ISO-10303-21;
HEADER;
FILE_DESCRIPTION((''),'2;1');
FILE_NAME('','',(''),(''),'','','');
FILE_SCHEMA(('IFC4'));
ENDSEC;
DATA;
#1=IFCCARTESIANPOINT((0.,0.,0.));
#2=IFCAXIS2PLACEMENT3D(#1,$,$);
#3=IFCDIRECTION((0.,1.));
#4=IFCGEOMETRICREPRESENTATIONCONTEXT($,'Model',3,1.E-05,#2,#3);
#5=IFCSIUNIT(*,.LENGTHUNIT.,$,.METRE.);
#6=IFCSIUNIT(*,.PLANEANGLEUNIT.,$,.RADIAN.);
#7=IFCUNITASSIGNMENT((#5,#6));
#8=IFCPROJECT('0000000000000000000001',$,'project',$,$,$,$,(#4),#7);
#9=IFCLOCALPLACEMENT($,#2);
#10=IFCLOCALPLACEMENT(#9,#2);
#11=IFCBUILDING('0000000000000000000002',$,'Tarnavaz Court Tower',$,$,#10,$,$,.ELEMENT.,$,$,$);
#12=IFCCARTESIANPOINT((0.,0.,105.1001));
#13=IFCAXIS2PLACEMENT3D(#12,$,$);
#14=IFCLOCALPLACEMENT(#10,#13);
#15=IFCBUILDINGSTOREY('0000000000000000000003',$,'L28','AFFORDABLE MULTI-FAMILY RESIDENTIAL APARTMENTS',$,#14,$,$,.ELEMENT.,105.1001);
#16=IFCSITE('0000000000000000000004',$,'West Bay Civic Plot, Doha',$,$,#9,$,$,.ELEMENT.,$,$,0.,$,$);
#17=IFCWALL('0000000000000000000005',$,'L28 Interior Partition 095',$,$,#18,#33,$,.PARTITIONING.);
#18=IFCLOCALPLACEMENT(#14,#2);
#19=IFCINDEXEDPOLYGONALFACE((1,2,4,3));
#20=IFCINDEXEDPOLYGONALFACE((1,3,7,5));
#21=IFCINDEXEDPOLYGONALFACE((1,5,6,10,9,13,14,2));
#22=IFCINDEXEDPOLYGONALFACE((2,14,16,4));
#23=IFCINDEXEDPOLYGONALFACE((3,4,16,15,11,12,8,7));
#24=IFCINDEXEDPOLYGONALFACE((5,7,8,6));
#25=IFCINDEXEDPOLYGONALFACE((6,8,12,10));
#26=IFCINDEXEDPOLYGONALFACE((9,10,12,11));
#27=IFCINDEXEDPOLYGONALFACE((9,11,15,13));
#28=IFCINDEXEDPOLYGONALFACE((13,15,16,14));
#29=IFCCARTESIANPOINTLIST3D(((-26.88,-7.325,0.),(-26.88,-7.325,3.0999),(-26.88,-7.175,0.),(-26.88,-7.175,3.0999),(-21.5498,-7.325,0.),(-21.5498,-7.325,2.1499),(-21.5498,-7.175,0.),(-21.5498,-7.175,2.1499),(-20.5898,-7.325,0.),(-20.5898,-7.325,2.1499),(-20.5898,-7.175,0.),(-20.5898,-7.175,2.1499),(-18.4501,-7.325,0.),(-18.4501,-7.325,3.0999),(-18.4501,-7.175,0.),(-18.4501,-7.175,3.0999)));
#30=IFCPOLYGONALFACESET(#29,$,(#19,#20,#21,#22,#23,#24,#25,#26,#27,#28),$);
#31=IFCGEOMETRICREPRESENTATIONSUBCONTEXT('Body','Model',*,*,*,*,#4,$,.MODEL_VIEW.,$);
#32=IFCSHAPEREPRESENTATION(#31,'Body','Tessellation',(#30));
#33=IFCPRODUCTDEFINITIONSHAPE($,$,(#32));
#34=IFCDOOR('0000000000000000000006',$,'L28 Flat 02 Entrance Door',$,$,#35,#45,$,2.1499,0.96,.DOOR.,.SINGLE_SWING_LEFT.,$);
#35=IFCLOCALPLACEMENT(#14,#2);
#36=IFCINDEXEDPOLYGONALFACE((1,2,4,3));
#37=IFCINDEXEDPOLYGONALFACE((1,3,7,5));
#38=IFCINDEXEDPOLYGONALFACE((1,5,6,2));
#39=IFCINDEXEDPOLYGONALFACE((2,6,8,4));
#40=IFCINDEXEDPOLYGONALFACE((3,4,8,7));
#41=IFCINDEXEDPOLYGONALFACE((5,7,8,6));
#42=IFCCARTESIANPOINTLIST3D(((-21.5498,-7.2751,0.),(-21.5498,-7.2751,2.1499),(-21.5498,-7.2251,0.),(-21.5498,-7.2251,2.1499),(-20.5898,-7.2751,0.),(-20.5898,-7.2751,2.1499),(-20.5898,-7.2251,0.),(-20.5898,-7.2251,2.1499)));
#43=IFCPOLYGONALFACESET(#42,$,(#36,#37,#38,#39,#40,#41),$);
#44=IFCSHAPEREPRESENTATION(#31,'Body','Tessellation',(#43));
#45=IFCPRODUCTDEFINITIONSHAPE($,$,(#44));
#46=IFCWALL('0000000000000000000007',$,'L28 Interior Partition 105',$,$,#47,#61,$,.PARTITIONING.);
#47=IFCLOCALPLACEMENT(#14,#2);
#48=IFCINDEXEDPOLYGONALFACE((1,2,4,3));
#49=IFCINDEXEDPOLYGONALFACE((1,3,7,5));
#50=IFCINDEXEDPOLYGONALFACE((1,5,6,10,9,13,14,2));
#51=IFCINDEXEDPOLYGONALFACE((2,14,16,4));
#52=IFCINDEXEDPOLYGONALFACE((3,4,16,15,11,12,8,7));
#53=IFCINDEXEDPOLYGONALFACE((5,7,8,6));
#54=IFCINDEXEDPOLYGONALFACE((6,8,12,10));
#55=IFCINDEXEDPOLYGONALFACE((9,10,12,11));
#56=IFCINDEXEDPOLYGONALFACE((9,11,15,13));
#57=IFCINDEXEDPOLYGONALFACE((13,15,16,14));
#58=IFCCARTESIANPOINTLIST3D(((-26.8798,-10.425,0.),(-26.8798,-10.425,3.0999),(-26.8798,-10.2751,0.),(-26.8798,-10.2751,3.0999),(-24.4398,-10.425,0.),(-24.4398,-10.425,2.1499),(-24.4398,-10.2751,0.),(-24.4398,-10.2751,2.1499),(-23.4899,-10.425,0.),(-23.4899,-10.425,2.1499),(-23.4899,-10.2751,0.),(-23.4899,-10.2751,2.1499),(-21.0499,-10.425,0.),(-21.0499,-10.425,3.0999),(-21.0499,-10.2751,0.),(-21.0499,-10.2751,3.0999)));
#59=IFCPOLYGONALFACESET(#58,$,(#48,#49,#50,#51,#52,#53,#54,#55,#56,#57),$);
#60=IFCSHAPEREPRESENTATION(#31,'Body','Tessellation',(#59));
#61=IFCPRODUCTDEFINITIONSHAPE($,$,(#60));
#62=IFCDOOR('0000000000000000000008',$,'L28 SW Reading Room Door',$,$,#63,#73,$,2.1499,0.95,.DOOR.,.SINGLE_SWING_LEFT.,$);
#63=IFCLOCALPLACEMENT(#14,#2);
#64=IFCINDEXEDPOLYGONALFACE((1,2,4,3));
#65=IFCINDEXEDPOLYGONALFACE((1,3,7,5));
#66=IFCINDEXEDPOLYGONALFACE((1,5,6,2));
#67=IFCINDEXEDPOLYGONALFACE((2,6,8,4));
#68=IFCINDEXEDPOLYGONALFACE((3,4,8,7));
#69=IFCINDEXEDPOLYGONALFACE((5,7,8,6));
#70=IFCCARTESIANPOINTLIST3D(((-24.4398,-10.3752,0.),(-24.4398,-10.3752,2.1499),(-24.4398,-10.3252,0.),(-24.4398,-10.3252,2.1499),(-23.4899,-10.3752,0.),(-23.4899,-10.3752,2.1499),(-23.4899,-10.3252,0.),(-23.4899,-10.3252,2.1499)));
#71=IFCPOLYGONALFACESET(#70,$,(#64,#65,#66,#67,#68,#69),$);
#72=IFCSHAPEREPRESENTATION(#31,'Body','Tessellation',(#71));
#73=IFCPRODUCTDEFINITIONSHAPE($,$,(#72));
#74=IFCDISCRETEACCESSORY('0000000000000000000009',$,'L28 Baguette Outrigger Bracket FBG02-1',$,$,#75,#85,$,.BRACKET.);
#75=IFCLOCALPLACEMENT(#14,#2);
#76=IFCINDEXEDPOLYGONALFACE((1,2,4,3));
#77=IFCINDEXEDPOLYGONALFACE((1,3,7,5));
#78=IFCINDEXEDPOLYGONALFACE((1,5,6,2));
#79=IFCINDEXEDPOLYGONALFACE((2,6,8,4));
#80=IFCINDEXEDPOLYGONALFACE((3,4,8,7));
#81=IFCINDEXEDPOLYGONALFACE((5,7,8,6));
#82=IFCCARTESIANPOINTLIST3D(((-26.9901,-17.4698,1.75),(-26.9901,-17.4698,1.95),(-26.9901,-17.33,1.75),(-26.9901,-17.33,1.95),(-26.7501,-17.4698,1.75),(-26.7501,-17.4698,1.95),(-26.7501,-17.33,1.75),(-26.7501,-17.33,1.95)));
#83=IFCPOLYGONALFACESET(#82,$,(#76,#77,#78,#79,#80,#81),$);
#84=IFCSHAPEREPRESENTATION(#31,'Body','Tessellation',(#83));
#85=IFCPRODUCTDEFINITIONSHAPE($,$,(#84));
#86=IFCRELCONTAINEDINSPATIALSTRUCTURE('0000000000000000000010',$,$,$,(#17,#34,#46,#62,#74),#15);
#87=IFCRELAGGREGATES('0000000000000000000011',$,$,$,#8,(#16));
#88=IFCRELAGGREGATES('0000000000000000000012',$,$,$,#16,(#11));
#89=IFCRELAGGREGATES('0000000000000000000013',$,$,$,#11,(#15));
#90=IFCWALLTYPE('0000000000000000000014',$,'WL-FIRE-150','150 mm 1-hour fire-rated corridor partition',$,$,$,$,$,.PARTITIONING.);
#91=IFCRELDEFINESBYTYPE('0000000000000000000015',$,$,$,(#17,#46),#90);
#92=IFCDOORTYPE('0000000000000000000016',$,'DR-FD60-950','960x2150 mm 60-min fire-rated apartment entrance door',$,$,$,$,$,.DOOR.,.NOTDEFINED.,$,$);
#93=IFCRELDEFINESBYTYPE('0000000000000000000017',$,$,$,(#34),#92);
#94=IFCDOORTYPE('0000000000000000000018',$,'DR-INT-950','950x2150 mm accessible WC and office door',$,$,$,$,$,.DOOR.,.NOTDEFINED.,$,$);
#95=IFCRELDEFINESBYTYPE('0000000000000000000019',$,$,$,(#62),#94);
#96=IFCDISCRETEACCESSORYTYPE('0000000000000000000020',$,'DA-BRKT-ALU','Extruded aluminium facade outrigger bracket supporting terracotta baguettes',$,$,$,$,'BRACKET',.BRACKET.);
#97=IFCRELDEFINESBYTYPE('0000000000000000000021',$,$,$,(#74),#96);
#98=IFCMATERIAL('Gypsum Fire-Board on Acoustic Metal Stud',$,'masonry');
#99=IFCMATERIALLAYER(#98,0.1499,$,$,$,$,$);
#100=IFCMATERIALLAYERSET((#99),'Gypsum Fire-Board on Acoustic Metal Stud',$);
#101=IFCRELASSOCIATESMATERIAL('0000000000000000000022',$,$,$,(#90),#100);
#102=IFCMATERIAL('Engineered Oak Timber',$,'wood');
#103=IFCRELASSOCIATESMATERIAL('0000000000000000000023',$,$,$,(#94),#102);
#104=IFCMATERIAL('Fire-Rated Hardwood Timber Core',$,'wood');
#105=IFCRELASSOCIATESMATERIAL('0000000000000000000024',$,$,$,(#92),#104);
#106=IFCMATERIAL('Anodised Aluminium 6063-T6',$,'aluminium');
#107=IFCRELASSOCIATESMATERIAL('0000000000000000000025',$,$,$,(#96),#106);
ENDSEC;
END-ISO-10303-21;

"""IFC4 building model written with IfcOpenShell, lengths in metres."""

from ifc_helpers import new_model, si_unit, direction, frame, frame_2d, origin, origin_2d, place, context, subcontext, project, spatial, rectangle, extrude, material, layer, layer_set, type_object, element, fill, save


model = new_model("IFC4")

# Units and contexts
model_context = context("Model", 3, precision=1e-05, world=origin(), true_north=direction((0.0, 1.0)))
body_context = subcontext(model_context, "Body", "Model", "MODEL_VIEW")
ifc_project = project(units=[si_unit("LENGTHUNIT", "METRE"), si_unit("PLANEANGLEUNIT", "RADIAN")], contexts=[model_context])

# Site, building, storey
site_placement = place(None, origin())
site = spatial("IfcSite", under=ifc_project, at=site_placement, Name="West Bay Civic Plot, Doha", CompositionType="ELEMENT", RefElevation=0.0)
building_placement = place(site_placement, origin())
building = spatial("IfcBuilding", under=site, at=building_placement, Name="Tarnavaz Court Tower", CompositionType="ELEMENT")
storey_placement = place(building_placement, frame((0.0, 0.0, 105.1001)))
storey = spatial("IfcBuildingStorey", under=building, at=storey_placement, Name="L28", Description="AFFORDABLE MULTI-FAMILY RESIDENTIAL APARTMENTS", CompositionType="ELEMENT", Elevation=105.1001)

# Shared definitions
ifc_material_1 = material(Name="Gypsum Fire-Board on Acoustic Metal Stud", Category="masonry")
ifc_layer_1 = layer(ifc_material_1, 0.1499)
ifc_layer_set_1 = layer_set([ifc_layer_1], Name="Gypsum Fire-Board on Acoustic Metal Stud")
wall_type_1 = type_object("IfcWallType", Name="WL-FIRE-150", Description="150 mm 1-hour fire-rated corridor partition", PredefinedType="PARTITIONING", material=ifc_layer_set_1)
ifc_material_2 = material(Name="Engineered Oak Timber", Category="wood")
door_type_1 = type_object("IfcDoorType", Name="DR-INT-950", Description="950x2150 mm accessible WC and office door", OperationType="NOTDEFINED", PredefinedType="DOOR", material=ifc_material_2)

# Walls, openings, doors
wall_1_placement = place(storey_placement, frame((-26.8799, -7.25, 0.0), z_axis=(0.0, 0.0, 1.0), x_axis=(1.0, 0.0, 0.0)))
wall_1 = element("IfcWall", 1, at=wall_1_placement, inside=storey, type_object=wall_type_1, Name="L28 Interior Partition 095", PredefinedType="PARTITIONING", context=body_context, shape_type="SweptSolid", body=[
    extrude(rectangle(XDim=8.4299, YDim=0.1499, at=frame_2d((4.2148, 0.0))), origin(), (0.0, 0.0, 1.0), 3.0999),
])
opening_1_placement = place(wall_1_placement, frame((5.3301, 0.0, 0.0)))
opening_1 = element("IfcOpeningElement", 2, at=opening_1_placement, cuts=wall_1, PredefinedType="OPENING", context=body_context, shape_type="SweptSolid", body=[
    extrude(rectangle(XDim=0.96, YDim=2.1499, at=frame_2d((0.48, 1.075))), frame((0.0, 0.085, 0.0), z_axis=(0.0, -1.0, 0.0), x_axis=(1.0, 0.0, 0.0)), (0.0, 0.0, 1.0), 0.1699),
])
ifc_material_3 = material(Name="Fire-Rated Hardwood Timber Core", Category="wood")
door_type_2 = type_object("IfcDoorType", Name="DR-FD60-950", Description="960x2150 mm 60-min fire-rated apartment entrance door", OperationType="NOTDEFINED", PredefinedType="DOOR", material=ifc_material_3)
door_1_placement = place(opening_1_placement, origin())
door_1 = element("IfcDoor", 3, at=door_1_placement, inside=storey, type_object=door_type_2, Name="L28 Flat 02 Entrance Door", OperationType="SINGLE_SWING_LEFT", OverallHeight=2.1499, OverallWidth=0.96, PredefinedType="DOOR", context=body_context, shape_type="SweptSolid", body=[
    extrude(rectangle(XDim=0.96, YDim=2.1499, at=frame_2d((0.48, 1.075))), frame((0.0, 0.0249, 0.0), z_axis=(0.0, -1.0, 0.0), x_axis=(1.0, 0.0, 0.0)), (0.0, 0.0, 1.0), 0.05),
])
fill(opening_1, door_1)
wall_2_placement = place(storey_placement, frame((-26.8799, -10.3501, 0.0), z_axis=(0.0, 0.0, 1.0), x_axis=(1.0, 0.0, 0.0)))
wall_2 = element("IfcWall", 4, at=wall_2_placement, inside=storey, type_object=wall_type_1, Name="L28 Interior Partition 105", PredefinedType="PARTITIONING", context=body_context, shape_type="SweptSolid", body=[
    extrude(rectangle(XDim=5.8298, YDim=0.1499, at=frame_2d((2.915, 0.0))), origin(), (0.0, 0.0, 1.0), 3.0999),
])
opening_2_placement = place(wall_2_placement, frame((2.4399, 0.0, 0.0)))
opening_2 = element("IfcOpeningElement", 5, at=opening_2_placement, cuts=wall_2, PredefinedType="OPENING", context=body_context, shape_type="SweptSolid", body=[
    extrude(rectangle(XDim=0.95, YDim=2.1499, at=frame_2d((0.4751, 1.075))), frame((0.0, 0.085, 0.0), z_axis=(0.0, -1.0, 0.0), x_axis=(1.0, 0.0, 0.0)), (0.0, 0.0, 1.0), 0.1699),
])
door_2_placement = place(opening_2_placement, origin())
door_2 = element("IfcDoor", 6, at=door_2_placement, inside=storey, type_object=door_type_1, Name="L28 SW Reading Room Door", OperationType="SINGLE_SWING_LEFT", OverallHeight=2.1499, OverallWidth=0.95, PredefinedType="DOOR", context=body_context, shape_type="SweptSolid", body=[
    extrude(rectangle(XDim=0.95, YDim=2.1499, at=frame_2d((0.4751, 1.075))), frame((0.0, 0.0249, 0.0), z_axis=(0.0, -1.0, 0.0), x_axis=(1.0, 0.0, 0.0)), (0.0, 0.0, 1.0), 0.05),
])
fill(opening_2, door_2)

# Discrete accessory
ifc_material_4 = material(Name="Anodised Aluminium 6063-T6", Category="aluminium")
discrete_accessory_type = type_object("IfcDiscreteAccessoryType", Name="DA-BRKT-ALU", Description="Extruded aluminium facade outrigger bracket supporting terracotta baguettes", ElementType="BRACKET", PredefinedType="BRACKET", material=ifc_material_4)
discrete_accessory_placement = place(storey_placement, frame((-26.8701, -17.3999, 1.75), z_axis=(0.0, 0.0, 1.0), x_axis=(0.0, 1.0, 0.0)))
element("IfcDiscreteAccessory", 7, at=discrete_accessory_placement, inside=storey, type_object=discrete_accessory_type, Name="L28 Baguette Outrigger Bracket FBG02-1", PredefinedType="BRACKET", context=body_context, shape_type="SweptSolid", body=[
    extrude(rectangle(XDim=0.1399, YDim=0.24, at=origin_2d()), origin(), (0.0, 0.0, 1.0), 0.2),
])

save(model, "model.ifc")
